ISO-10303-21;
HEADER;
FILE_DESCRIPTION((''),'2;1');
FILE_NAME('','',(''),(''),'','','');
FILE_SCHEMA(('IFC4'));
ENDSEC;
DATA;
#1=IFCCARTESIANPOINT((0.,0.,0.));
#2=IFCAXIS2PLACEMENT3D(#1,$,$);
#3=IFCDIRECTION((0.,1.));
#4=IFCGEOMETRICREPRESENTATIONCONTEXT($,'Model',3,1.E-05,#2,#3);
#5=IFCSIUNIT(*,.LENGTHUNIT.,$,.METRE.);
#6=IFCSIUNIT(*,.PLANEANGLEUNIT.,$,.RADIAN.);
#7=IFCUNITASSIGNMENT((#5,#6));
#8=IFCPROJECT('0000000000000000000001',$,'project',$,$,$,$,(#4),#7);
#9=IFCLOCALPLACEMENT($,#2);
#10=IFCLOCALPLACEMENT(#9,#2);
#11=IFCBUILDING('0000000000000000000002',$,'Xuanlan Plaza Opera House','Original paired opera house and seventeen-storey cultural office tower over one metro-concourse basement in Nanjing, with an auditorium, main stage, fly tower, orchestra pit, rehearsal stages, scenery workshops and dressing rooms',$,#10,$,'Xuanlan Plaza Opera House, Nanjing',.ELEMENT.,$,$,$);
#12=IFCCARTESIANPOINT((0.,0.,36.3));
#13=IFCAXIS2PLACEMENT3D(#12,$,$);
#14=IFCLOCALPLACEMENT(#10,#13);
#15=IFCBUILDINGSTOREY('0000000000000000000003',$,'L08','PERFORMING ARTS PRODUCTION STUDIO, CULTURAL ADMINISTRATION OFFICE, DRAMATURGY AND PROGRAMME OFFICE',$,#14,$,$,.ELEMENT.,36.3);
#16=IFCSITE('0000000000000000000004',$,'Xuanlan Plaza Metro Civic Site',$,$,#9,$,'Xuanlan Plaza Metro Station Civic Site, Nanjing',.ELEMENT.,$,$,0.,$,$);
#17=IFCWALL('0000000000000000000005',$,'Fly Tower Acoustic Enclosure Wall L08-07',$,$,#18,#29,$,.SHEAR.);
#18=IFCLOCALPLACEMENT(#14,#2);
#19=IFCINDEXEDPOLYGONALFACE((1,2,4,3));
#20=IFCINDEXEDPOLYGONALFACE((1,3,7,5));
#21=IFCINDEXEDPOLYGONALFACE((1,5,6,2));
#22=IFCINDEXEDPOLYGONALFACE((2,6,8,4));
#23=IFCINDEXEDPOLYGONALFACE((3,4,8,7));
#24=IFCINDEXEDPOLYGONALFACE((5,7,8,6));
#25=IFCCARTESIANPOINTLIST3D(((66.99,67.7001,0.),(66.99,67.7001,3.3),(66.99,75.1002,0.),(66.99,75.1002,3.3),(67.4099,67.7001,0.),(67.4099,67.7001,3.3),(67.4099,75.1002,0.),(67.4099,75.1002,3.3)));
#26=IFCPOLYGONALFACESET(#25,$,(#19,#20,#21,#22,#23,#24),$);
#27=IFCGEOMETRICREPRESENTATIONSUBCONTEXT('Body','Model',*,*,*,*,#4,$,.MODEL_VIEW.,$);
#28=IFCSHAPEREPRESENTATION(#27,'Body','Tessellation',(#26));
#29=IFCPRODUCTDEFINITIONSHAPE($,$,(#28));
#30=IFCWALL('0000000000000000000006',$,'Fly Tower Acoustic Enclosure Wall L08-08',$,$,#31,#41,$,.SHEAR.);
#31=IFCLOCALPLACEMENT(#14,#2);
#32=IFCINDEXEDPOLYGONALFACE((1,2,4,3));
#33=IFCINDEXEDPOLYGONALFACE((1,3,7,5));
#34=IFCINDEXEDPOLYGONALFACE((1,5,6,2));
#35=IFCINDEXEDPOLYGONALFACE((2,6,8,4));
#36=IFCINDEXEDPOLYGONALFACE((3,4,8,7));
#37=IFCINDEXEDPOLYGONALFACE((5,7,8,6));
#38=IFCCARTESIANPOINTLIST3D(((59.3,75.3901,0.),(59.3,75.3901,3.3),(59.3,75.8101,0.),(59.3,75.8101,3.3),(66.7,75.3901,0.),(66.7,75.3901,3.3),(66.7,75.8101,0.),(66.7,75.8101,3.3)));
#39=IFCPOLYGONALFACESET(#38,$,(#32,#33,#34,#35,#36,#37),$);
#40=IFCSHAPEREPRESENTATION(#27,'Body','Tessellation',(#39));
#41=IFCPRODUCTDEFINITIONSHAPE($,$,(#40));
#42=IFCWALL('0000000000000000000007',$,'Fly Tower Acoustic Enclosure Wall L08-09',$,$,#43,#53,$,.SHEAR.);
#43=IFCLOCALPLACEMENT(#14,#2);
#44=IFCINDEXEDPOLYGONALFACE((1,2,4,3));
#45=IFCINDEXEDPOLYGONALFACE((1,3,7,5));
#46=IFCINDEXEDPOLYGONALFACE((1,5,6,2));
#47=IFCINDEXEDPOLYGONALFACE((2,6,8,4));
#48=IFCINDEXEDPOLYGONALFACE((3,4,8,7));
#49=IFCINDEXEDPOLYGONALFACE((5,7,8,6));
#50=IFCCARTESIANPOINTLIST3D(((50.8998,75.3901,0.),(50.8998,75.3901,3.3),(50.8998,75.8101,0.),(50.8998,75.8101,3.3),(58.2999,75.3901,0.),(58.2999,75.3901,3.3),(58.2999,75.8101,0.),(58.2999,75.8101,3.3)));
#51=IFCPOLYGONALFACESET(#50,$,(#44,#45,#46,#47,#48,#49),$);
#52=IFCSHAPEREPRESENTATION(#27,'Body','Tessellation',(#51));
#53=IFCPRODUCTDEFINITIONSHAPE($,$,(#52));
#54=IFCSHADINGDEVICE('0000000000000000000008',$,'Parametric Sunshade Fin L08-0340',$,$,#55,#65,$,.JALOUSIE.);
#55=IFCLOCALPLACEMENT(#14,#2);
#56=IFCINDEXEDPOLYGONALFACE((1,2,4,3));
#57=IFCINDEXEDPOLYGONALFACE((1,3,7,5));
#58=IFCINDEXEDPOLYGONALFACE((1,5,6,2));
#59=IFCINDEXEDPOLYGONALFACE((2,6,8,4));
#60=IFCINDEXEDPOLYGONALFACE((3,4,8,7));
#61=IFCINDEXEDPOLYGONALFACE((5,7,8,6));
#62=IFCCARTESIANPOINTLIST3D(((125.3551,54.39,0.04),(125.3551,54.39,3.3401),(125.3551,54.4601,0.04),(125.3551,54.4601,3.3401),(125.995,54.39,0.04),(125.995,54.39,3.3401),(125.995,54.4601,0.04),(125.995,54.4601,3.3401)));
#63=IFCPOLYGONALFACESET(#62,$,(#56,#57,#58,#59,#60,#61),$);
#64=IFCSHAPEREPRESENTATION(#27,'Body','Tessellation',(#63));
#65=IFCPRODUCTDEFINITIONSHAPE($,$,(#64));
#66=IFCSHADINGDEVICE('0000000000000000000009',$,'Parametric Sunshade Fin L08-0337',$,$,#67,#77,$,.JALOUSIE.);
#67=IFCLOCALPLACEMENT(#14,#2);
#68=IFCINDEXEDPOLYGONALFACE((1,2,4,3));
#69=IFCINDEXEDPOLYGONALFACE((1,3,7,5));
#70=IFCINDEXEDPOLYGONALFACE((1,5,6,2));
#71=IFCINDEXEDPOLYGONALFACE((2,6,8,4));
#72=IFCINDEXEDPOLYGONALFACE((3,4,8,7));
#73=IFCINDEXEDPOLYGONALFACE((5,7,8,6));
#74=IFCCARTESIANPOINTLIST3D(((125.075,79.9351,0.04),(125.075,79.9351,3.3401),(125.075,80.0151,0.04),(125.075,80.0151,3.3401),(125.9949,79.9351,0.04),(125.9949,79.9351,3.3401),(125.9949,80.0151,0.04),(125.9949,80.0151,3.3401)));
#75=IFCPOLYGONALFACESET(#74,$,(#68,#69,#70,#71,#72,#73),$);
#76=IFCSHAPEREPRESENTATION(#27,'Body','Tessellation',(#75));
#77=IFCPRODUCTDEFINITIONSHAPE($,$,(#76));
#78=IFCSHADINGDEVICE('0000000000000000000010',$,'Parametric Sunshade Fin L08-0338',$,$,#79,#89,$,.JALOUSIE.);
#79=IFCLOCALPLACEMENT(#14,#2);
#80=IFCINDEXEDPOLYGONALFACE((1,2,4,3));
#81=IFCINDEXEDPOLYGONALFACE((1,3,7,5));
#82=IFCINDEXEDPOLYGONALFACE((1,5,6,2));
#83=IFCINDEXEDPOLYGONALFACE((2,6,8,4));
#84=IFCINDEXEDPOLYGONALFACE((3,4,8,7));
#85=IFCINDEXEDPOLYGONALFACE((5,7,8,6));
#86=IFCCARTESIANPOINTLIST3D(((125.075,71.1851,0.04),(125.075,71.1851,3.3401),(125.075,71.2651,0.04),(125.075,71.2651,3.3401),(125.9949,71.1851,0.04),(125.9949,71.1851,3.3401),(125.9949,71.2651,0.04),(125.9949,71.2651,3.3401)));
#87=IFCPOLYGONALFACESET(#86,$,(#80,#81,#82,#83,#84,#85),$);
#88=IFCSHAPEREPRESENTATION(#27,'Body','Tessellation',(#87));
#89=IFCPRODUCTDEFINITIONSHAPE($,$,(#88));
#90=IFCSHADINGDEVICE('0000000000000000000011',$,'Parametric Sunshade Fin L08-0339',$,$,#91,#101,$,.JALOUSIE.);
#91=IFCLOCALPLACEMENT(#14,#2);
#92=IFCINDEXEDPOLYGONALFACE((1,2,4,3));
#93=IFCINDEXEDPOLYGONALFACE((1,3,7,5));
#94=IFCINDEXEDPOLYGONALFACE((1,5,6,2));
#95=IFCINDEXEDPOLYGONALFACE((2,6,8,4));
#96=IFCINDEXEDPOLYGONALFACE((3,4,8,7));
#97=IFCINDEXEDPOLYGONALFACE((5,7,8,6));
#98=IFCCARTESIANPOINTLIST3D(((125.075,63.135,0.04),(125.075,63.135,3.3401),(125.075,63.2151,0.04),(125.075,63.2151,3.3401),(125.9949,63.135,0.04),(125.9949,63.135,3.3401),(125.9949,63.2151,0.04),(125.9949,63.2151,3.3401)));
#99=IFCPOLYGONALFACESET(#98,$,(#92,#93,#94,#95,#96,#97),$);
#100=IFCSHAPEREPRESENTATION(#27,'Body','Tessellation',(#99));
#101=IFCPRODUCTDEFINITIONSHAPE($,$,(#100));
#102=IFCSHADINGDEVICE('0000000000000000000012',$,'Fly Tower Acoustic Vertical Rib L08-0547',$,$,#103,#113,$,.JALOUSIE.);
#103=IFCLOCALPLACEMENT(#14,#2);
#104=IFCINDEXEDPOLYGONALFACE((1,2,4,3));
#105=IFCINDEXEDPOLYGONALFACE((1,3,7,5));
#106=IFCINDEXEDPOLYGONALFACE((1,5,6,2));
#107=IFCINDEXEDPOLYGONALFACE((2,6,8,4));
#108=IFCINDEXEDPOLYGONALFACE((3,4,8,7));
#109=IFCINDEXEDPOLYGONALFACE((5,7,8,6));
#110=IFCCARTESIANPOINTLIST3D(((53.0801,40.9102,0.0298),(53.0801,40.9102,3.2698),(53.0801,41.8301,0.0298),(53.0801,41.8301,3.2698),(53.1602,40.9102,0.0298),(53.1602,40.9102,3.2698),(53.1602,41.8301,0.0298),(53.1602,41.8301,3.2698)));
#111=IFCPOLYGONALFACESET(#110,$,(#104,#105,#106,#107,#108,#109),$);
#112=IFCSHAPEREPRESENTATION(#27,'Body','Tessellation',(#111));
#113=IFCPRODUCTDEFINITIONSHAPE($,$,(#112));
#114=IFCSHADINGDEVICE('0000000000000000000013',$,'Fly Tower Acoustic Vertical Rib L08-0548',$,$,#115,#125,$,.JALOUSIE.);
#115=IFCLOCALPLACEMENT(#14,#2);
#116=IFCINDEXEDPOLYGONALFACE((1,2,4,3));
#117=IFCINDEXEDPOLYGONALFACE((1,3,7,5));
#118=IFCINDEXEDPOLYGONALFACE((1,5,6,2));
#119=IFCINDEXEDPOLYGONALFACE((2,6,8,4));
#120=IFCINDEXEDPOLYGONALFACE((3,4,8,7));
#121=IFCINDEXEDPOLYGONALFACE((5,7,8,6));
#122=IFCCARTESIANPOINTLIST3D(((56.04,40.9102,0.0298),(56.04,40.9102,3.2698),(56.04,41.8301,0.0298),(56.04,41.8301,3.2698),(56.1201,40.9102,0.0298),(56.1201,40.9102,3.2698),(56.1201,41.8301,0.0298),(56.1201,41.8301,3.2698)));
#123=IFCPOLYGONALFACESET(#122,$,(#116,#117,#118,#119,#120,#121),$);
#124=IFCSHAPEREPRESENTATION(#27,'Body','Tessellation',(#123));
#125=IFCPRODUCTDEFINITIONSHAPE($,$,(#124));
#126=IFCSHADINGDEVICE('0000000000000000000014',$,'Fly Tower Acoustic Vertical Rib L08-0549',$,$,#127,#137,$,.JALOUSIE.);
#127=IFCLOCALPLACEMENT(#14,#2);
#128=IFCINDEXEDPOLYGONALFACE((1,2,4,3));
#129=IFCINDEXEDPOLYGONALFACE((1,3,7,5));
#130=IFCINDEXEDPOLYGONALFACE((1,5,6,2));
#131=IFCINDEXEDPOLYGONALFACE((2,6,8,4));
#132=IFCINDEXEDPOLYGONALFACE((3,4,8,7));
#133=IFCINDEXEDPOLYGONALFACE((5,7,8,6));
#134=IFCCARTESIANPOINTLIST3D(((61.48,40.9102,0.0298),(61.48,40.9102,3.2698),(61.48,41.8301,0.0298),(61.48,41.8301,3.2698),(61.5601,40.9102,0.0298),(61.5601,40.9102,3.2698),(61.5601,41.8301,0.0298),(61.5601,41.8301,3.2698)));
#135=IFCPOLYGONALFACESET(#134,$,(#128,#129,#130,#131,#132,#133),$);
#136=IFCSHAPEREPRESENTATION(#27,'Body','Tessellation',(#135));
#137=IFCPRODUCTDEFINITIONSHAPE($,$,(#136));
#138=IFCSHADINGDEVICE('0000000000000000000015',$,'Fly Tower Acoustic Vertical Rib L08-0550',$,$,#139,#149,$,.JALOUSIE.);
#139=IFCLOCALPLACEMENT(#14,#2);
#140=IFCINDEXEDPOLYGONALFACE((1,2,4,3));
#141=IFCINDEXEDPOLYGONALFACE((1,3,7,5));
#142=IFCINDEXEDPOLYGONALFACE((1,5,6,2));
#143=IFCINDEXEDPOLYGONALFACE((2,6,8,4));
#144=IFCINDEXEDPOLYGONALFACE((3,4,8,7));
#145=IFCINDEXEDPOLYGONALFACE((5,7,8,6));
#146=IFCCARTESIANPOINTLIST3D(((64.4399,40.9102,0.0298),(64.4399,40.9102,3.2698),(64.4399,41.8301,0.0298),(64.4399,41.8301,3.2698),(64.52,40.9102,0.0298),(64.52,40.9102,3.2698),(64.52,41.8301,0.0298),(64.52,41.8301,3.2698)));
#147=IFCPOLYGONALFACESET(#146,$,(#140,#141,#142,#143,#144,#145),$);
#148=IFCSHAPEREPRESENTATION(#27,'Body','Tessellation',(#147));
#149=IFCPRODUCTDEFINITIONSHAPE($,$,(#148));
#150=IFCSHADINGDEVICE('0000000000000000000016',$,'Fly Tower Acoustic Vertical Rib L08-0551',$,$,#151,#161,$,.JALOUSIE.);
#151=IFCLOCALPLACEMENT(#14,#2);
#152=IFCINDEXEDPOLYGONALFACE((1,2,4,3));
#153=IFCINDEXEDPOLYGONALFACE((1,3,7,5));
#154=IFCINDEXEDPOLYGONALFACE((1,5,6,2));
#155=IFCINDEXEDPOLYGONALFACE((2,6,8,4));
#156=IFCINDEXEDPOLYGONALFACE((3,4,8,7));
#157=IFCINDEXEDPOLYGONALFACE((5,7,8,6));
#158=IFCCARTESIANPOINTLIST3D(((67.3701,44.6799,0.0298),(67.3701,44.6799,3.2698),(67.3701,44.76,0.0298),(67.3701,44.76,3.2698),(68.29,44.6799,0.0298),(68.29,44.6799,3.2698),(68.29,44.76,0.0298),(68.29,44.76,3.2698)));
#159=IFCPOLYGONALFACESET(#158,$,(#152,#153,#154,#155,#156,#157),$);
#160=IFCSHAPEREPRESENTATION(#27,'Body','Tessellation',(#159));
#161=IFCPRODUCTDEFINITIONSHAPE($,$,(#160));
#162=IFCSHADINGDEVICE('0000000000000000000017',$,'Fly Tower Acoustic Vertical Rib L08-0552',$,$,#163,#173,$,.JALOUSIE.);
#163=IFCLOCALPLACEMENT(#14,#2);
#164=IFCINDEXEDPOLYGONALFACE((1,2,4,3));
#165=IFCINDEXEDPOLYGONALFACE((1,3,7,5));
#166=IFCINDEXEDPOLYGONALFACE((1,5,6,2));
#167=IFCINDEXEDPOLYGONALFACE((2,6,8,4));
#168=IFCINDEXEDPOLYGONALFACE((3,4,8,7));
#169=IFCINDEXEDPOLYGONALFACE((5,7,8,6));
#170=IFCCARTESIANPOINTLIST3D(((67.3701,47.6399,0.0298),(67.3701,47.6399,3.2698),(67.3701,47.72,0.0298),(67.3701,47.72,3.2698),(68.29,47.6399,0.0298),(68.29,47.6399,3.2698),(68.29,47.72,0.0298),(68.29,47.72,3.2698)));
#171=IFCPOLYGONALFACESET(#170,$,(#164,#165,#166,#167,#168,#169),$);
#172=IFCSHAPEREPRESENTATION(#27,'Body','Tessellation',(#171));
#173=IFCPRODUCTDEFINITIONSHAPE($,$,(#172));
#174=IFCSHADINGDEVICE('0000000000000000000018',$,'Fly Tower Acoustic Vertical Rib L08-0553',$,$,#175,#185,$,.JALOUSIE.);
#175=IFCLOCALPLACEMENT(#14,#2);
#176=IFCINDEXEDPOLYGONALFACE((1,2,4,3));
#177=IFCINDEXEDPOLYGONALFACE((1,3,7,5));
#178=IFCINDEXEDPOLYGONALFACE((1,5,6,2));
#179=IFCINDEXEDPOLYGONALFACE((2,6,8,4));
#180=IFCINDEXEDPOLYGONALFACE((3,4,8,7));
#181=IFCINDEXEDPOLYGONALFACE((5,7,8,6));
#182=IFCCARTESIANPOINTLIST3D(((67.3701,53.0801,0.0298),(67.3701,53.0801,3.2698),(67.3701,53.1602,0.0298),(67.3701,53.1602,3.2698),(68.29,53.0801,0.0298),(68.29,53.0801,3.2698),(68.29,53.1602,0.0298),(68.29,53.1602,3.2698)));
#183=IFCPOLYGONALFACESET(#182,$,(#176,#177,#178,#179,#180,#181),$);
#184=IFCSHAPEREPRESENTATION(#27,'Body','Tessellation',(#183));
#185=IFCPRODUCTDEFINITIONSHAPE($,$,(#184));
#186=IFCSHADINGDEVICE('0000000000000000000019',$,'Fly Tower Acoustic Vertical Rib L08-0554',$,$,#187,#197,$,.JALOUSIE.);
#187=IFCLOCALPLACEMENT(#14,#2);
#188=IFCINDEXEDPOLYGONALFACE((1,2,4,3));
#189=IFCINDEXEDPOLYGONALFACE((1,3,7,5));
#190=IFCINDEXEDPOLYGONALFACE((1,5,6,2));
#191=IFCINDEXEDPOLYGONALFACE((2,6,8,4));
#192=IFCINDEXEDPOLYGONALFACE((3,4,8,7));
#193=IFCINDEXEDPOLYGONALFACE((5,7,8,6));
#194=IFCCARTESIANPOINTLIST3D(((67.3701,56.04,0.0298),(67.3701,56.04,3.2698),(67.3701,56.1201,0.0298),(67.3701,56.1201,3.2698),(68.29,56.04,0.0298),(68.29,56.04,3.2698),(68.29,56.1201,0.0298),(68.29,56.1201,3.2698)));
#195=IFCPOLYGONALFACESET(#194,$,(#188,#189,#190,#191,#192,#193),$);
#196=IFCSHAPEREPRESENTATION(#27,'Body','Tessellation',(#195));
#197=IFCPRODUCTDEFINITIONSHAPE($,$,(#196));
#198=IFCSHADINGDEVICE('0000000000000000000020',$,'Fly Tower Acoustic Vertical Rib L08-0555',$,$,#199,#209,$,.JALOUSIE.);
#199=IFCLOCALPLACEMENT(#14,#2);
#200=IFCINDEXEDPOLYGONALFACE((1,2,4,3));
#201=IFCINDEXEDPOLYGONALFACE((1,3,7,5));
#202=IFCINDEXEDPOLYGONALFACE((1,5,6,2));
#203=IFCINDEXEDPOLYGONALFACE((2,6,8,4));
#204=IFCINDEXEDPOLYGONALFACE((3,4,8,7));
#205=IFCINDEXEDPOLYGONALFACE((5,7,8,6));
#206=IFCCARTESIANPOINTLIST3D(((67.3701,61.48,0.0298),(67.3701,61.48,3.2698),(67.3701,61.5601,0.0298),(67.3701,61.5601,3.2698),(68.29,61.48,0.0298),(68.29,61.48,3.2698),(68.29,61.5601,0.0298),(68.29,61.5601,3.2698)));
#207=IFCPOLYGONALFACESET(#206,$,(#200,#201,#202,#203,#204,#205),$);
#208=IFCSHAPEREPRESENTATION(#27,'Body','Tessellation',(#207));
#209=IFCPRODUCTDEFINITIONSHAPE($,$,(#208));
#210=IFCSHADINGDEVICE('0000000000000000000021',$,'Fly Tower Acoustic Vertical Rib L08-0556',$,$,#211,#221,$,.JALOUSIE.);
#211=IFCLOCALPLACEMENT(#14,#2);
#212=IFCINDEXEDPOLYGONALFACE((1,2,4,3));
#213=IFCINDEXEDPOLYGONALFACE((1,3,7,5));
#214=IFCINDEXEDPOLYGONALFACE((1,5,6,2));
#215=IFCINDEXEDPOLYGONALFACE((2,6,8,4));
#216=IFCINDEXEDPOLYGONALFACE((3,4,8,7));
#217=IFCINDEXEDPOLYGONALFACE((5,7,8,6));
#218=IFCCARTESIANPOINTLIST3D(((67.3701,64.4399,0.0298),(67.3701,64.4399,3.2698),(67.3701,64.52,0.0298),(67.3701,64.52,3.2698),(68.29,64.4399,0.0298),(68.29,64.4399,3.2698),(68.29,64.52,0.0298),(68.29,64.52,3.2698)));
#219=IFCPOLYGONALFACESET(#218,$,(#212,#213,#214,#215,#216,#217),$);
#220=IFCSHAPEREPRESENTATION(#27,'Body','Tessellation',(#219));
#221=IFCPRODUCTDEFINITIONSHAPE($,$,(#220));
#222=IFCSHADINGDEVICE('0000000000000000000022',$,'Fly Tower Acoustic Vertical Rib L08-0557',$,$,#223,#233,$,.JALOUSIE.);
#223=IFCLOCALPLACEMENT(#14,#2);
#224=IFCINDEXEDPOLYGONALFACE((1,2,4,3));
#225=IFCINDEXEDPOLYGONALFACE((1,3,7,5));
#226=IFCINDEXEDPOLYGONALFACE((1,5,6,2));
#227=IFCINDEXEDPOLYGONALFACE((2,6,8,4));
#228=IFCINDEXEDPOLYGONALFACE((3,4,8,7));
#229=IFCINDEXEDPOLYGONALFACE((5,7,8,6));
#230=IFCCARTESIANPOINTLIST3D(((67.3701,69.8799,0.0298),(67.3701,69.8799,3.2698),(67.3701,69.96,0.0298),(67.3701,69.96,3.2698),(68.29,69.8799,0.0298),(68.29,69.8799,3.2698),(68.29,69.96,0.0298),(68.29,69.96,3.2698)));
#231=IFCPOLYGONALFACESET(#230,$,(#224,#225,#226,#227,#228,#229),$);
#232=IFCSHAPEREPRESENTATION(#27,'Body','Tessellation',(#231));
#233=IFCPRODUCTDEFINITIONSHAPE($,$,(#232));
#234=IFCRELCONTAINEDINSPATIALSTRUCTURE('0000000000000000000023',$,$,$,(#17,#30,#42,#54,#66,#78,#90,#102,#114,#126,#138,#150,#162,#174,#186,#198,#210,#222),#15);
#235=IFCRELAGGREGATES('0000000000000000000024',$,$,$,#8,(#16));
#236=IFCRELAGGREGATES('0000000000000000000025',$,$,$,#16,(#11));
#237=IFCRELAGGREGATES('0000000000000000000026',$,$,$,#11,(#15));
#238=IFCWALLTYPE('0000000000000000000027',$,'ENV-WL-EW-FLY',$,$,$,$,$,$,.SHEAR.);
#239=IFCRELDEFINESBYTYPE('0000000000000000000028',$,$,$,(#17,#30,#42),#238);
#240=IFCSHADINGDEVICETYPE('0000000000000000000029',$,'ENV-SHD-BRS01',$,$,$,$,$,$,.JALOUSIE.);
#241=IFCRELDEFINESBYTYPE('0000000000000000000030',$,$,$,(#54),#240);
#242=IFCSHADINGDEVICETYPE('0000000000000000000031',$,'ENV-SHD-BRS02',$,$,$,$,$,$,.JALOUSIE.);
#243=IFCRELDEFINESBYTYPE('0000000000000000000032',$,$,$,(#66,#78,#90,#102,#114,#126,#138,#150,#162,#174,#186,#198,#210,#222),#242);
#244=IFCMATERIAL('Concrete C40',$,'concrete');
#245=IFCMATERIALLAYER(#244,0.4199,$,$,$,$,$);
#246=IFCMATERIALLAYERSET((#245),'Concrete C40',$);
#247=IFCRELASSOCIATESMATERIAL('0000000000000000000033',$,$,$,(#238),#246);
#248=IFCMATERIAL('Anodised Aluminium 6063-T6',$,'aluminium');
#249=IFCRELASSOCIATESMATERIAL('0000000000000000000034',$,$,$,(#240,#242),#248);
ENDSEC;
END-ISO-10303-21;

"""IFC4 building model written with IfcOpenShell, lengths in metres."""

from ifc_helpers import new_model, si_unit, direction, frame, frame_2d, origin, origin_2d, place, context, subcontext, project, spatial, rectangle, extrude, material, layer, layer_set, type_object, element, save


model = new_model("IFC4")

# Units and contexts
model_context = context("Model", 3, precision=1e-05, world=origin(), true_north=direction((0.0, 1.0)))
body_context = subcontext(model_context, "Body", "Model", "MODEL_VIEW")
ifc_project = project(units=[si_unit("LENGTHUNIT", "METRE"), si_unit("PLANEANGLEUNIT", "RADIAN")], contexts=[model_context])

# Site, building, storey
site_placement = place(None, origin())
site = spatial("IfcSite", under=ifc_project, at=site_placement, Name="Xuanlan Plaza Metro Civic Site", LongName="Xuanlan Plaza Metro Station Civic Site, Nanjing", CompositionType="ELEMENT", RefElevation=0.0)
building_placement = place(site_placement, origin())
building = spatial("IfcBuilding", under=site, at=building_placement, Name="Xuanlan Plaza Opera House", Description="Original paired opera house and seventeen-storey cultural office tower over one metro-concourse basement in Nanjing, with an auditorium, main stage, fly tower, orchestra pit, rehearsal stages, scenery workshops and dressing rooms", LongName="Xuanlan Plaza Opera House, Nanjing", CompositionType="ELEMENT")
storey_placement = place(building_placement, frame((0.0, 0.0, 36.3)))
storey = spatial("IfcBuildingStorey", under=building, at=storey_placement, Name="L08", Description="PERFORMING ARTS PRODUCTION STUDIO, CULTURAL ADMINISTRATION OFFICE, DRAMATURGY AND PROGRAMME OFFICE", CompositionType="ELEMENT", Elevation=36.3)

# Shared definitions
ifc_material_1 = material(Name="Concrete C40", Category="concrete")

# Walls
ifc_layer = layer(ifc_material_1, 0.4199)
ifc_layer_set = layer_set([ifc_layer], Name="Concrete C40")
wall_type = type_object("IfcWallType", Name="ENV-WL-EW-FLY", PredefinedType="SHEAR", material=ifc_layer_set)
wall_1_placement = place(storey_placement, frame((67.2, 67.7, 0.0), z_axis=(0.0, 0.0, 1.0), x_axis=(0.0, 1.0, 0.0)))
element("IfcWall", 1, at=wall_1_placement, inside=storey, type_object=wall_type, Name="Fly Tower Acoustic Enclosure Wall L08-07", PredefinedType="SHEAR", context=body_context, shape_type="SweptSolid", body=[
    extrude(rectangle(XDim=7.4001, YDim=0.4199, at=frame_2d((3.7002, 0.0))), origin(), (0.0, 0.0, 1.0), 3.3),
])
wall_2_placement = place(storey_placement, frame((66.7, 75.6001, 0.0), z_axis=(0.0, 0.0, 1.0), x_axis=(-1.0, 0.0, 0.0)))
element("IfcWall", 2, at=wall_2_placement, inside=storey, type_object=wall_type, Name="Fly Tower Acoustic Enclosure Wall L08-08", PredefinedType="SHEAR", context=body_context, shape_type="SweptSolid", body=[
    extrude(rectangle(XDim=7.3999, YDim=0.4199, at=frame_2d((3.7, 0.0))), origin(), (0.0, 0.0, 1.0), 3.3),
])
wall_3_placement = place(storey_placement, frame((58.3, 75.6001, 0.0), z_axis=(0.0, 0.0, 1.0), x_axis=(-1.0, 0.0, 0.0)))
element("IfcWall", 3, at=wall_3_placement, inside=storey, type_object=wall_type, Name="Fly Tower Acoustic Enclosure Wall L08-09", PredefinedType="SHEAR", context=body_context, shape_type="SweptSolid", body=[
    extrude(rectangle(XDim=7.4001, YDim=0.4199, at=frame_2d((3.7002, 0.0))), origin(), (0.0, 0.0, 1.0), 3.3),
])

# Shading devices
ifc_material_2 = material(Name="Anodised Aluminium 6063-T6", Category="aluminium")
shading_device_type_1 = type_object("IfcShadingDeviceType", Name="ENV-SHD-BRS01", PredefinedType="JALOUSIE", material=ifc_material_2)
shading_device_placement = place(storey_placement, frame((125.675, 54.425, 0.04), z_axis=(0.0, 0.0, 1.0), x_axis=(-1.0, 0.0, 0.0)))
element("IfcShadingDevice", 4, at=shading_device_placement, inside=storey, type_object=shading_device_type_1, Name="Parametric Sunshade Fin L08-0340", PredefinedType="JALOUSIE", context=body_context, shape_type="SweptSolid", body=[
    extrude(rectangle(XDim=0.6399, YDim=0.0701, at=origin_2d()), origin(), (0.0, 0.0, 1.0), 3.3),
])
shading_device_type_2 = type_object("IfcShadingDeviceType", Name="ENV-SHD-BRS02", PredefinedType="JALOUSIE", material=ifc_material_2)
for number, where, z_axis, x_axis, name in (
    (5, (125.5349, 79.9751, 0.04), (0.0, 0.0, 1.0), (-1.0, 0.0, 0.0), "Parametric Sunshade Fin L08-0337"),
    (6, (125.5349, 71.2251, 0.04), (0.0, 0.0, 1.0), (-1.0, 0.0, 0.0), "Parametric Sunshade Fin L08-0338"),
    (7, (125.5349, 63.175, 0.04), (0.0, 0.0, 1.0), (-1.0, 0.0, 0.0), "Parametric Sunshade Fin L08-0339"),
):
    element("IfcShadingDevice", number, at=place(storey_placement, frame(where, z_axis=z_axis, x_axis=x_axis)), inside=storey, type_object=shading_device_type_2, Name=name, PredefinedType="JALOUSIE", context=body_context, shape_type="SweptSolid", body=[
        extrude(rectangle(XDim=0.9199, YDim=0.0801, at=origin_2d()), origin(), (0.0, 0.0, 1.0), 3.3),
    ])
for number, where, z_axis, x_axis, name in (
    (8, (53.1201, 41.3701, 0.0298), (0.0, 0.0, 1.0), (0.0, -1.0, 0.0), "Fly Tower Acoustic Vertical Rib L08-0547"),
    (9, (56.0801, 41.3701, 0.0298), (0.0, 0.0, 1.0), (0.0, -1.0, 0.0), "Fly Tower Acoustic Vertical Rib L08-0548"),
    (10, (61.52, 41.3701, 0.0298), (0.0, 0.0, 1.0), (0.0, -1.0, 0.0), "Fly Tower Acoustic Vertical Rib L08-0549"),
    (11, (64.48, 41.3701, 0.0298), (0.0, 0.0, 1.0), (0.0, -1.0, 0.0), "Fly Tower Acoustic Vertical Rib L08-0550"),
    (12, (67.8301, 44.72, 0.0298), (0.0, 0.0, 1.0), (1.0, 0.0, 0.0), "Fly Tower Acoustic Vertical Rib L08-0551"),
    (13, (67.8301, 47.6799, 0.0298), (0.0, 0.0, 1.0), (1.0, 0.0, 0.0), "Fly Tower Acoustic Vertical Rib L08-0552"),
    (14, (67.8301, 53.1201, 0.0298), (0.0, 0.0, 1.0), (1.0, 0.0, 0.0), "Fly Tower Acoustic Vertical Rib L08-0553"),
    (15, (67.8301, 56.0801, 0.0298), (0.0, 0.0, 1.0), (1.0, 0.0, 0.0), "Fly Tower Acoustic Vertical Rib L08-0554"),
    (16, (67.8301, 61.52, 0.0298), (0.0, 0.0, 1.0), (1.0, 0.0, 0.0), "Fly Tower Acoustic Vertical Rib L08-0555"),
    (17, (67.8301, 64.48, 0.0298), (0.0, 0.0, 1.0), (1.0, 0.0, 0.0), "Fly Tower Acoustic Vertical Rib L08-0556"),
    (18, (67.8301, 69.9199, 0.0298), (0.0, 0.0, 1.0), (1.0, 0.0, 0.0), "Fly Tower Acoustic Vertical Rib L08-0557"),
):
    element("IfcShadingDevice", number, at=place(storey_placement, frame(where, z_axis=z_axis, x_axis=x_axis)), inside=storey, type_object=shading_device_type_2, Name=name, PredefinedType="JALOUSIE", context=body_context, shape_type="SweptSolid", body=[
        extrude(rectangle(XDim=0.9199, YDim=0.0801, at=origin_2d()), origin(), (0.0, 0.0, 1.0), 3.24),
    ])

save(model, "model.ifc")
